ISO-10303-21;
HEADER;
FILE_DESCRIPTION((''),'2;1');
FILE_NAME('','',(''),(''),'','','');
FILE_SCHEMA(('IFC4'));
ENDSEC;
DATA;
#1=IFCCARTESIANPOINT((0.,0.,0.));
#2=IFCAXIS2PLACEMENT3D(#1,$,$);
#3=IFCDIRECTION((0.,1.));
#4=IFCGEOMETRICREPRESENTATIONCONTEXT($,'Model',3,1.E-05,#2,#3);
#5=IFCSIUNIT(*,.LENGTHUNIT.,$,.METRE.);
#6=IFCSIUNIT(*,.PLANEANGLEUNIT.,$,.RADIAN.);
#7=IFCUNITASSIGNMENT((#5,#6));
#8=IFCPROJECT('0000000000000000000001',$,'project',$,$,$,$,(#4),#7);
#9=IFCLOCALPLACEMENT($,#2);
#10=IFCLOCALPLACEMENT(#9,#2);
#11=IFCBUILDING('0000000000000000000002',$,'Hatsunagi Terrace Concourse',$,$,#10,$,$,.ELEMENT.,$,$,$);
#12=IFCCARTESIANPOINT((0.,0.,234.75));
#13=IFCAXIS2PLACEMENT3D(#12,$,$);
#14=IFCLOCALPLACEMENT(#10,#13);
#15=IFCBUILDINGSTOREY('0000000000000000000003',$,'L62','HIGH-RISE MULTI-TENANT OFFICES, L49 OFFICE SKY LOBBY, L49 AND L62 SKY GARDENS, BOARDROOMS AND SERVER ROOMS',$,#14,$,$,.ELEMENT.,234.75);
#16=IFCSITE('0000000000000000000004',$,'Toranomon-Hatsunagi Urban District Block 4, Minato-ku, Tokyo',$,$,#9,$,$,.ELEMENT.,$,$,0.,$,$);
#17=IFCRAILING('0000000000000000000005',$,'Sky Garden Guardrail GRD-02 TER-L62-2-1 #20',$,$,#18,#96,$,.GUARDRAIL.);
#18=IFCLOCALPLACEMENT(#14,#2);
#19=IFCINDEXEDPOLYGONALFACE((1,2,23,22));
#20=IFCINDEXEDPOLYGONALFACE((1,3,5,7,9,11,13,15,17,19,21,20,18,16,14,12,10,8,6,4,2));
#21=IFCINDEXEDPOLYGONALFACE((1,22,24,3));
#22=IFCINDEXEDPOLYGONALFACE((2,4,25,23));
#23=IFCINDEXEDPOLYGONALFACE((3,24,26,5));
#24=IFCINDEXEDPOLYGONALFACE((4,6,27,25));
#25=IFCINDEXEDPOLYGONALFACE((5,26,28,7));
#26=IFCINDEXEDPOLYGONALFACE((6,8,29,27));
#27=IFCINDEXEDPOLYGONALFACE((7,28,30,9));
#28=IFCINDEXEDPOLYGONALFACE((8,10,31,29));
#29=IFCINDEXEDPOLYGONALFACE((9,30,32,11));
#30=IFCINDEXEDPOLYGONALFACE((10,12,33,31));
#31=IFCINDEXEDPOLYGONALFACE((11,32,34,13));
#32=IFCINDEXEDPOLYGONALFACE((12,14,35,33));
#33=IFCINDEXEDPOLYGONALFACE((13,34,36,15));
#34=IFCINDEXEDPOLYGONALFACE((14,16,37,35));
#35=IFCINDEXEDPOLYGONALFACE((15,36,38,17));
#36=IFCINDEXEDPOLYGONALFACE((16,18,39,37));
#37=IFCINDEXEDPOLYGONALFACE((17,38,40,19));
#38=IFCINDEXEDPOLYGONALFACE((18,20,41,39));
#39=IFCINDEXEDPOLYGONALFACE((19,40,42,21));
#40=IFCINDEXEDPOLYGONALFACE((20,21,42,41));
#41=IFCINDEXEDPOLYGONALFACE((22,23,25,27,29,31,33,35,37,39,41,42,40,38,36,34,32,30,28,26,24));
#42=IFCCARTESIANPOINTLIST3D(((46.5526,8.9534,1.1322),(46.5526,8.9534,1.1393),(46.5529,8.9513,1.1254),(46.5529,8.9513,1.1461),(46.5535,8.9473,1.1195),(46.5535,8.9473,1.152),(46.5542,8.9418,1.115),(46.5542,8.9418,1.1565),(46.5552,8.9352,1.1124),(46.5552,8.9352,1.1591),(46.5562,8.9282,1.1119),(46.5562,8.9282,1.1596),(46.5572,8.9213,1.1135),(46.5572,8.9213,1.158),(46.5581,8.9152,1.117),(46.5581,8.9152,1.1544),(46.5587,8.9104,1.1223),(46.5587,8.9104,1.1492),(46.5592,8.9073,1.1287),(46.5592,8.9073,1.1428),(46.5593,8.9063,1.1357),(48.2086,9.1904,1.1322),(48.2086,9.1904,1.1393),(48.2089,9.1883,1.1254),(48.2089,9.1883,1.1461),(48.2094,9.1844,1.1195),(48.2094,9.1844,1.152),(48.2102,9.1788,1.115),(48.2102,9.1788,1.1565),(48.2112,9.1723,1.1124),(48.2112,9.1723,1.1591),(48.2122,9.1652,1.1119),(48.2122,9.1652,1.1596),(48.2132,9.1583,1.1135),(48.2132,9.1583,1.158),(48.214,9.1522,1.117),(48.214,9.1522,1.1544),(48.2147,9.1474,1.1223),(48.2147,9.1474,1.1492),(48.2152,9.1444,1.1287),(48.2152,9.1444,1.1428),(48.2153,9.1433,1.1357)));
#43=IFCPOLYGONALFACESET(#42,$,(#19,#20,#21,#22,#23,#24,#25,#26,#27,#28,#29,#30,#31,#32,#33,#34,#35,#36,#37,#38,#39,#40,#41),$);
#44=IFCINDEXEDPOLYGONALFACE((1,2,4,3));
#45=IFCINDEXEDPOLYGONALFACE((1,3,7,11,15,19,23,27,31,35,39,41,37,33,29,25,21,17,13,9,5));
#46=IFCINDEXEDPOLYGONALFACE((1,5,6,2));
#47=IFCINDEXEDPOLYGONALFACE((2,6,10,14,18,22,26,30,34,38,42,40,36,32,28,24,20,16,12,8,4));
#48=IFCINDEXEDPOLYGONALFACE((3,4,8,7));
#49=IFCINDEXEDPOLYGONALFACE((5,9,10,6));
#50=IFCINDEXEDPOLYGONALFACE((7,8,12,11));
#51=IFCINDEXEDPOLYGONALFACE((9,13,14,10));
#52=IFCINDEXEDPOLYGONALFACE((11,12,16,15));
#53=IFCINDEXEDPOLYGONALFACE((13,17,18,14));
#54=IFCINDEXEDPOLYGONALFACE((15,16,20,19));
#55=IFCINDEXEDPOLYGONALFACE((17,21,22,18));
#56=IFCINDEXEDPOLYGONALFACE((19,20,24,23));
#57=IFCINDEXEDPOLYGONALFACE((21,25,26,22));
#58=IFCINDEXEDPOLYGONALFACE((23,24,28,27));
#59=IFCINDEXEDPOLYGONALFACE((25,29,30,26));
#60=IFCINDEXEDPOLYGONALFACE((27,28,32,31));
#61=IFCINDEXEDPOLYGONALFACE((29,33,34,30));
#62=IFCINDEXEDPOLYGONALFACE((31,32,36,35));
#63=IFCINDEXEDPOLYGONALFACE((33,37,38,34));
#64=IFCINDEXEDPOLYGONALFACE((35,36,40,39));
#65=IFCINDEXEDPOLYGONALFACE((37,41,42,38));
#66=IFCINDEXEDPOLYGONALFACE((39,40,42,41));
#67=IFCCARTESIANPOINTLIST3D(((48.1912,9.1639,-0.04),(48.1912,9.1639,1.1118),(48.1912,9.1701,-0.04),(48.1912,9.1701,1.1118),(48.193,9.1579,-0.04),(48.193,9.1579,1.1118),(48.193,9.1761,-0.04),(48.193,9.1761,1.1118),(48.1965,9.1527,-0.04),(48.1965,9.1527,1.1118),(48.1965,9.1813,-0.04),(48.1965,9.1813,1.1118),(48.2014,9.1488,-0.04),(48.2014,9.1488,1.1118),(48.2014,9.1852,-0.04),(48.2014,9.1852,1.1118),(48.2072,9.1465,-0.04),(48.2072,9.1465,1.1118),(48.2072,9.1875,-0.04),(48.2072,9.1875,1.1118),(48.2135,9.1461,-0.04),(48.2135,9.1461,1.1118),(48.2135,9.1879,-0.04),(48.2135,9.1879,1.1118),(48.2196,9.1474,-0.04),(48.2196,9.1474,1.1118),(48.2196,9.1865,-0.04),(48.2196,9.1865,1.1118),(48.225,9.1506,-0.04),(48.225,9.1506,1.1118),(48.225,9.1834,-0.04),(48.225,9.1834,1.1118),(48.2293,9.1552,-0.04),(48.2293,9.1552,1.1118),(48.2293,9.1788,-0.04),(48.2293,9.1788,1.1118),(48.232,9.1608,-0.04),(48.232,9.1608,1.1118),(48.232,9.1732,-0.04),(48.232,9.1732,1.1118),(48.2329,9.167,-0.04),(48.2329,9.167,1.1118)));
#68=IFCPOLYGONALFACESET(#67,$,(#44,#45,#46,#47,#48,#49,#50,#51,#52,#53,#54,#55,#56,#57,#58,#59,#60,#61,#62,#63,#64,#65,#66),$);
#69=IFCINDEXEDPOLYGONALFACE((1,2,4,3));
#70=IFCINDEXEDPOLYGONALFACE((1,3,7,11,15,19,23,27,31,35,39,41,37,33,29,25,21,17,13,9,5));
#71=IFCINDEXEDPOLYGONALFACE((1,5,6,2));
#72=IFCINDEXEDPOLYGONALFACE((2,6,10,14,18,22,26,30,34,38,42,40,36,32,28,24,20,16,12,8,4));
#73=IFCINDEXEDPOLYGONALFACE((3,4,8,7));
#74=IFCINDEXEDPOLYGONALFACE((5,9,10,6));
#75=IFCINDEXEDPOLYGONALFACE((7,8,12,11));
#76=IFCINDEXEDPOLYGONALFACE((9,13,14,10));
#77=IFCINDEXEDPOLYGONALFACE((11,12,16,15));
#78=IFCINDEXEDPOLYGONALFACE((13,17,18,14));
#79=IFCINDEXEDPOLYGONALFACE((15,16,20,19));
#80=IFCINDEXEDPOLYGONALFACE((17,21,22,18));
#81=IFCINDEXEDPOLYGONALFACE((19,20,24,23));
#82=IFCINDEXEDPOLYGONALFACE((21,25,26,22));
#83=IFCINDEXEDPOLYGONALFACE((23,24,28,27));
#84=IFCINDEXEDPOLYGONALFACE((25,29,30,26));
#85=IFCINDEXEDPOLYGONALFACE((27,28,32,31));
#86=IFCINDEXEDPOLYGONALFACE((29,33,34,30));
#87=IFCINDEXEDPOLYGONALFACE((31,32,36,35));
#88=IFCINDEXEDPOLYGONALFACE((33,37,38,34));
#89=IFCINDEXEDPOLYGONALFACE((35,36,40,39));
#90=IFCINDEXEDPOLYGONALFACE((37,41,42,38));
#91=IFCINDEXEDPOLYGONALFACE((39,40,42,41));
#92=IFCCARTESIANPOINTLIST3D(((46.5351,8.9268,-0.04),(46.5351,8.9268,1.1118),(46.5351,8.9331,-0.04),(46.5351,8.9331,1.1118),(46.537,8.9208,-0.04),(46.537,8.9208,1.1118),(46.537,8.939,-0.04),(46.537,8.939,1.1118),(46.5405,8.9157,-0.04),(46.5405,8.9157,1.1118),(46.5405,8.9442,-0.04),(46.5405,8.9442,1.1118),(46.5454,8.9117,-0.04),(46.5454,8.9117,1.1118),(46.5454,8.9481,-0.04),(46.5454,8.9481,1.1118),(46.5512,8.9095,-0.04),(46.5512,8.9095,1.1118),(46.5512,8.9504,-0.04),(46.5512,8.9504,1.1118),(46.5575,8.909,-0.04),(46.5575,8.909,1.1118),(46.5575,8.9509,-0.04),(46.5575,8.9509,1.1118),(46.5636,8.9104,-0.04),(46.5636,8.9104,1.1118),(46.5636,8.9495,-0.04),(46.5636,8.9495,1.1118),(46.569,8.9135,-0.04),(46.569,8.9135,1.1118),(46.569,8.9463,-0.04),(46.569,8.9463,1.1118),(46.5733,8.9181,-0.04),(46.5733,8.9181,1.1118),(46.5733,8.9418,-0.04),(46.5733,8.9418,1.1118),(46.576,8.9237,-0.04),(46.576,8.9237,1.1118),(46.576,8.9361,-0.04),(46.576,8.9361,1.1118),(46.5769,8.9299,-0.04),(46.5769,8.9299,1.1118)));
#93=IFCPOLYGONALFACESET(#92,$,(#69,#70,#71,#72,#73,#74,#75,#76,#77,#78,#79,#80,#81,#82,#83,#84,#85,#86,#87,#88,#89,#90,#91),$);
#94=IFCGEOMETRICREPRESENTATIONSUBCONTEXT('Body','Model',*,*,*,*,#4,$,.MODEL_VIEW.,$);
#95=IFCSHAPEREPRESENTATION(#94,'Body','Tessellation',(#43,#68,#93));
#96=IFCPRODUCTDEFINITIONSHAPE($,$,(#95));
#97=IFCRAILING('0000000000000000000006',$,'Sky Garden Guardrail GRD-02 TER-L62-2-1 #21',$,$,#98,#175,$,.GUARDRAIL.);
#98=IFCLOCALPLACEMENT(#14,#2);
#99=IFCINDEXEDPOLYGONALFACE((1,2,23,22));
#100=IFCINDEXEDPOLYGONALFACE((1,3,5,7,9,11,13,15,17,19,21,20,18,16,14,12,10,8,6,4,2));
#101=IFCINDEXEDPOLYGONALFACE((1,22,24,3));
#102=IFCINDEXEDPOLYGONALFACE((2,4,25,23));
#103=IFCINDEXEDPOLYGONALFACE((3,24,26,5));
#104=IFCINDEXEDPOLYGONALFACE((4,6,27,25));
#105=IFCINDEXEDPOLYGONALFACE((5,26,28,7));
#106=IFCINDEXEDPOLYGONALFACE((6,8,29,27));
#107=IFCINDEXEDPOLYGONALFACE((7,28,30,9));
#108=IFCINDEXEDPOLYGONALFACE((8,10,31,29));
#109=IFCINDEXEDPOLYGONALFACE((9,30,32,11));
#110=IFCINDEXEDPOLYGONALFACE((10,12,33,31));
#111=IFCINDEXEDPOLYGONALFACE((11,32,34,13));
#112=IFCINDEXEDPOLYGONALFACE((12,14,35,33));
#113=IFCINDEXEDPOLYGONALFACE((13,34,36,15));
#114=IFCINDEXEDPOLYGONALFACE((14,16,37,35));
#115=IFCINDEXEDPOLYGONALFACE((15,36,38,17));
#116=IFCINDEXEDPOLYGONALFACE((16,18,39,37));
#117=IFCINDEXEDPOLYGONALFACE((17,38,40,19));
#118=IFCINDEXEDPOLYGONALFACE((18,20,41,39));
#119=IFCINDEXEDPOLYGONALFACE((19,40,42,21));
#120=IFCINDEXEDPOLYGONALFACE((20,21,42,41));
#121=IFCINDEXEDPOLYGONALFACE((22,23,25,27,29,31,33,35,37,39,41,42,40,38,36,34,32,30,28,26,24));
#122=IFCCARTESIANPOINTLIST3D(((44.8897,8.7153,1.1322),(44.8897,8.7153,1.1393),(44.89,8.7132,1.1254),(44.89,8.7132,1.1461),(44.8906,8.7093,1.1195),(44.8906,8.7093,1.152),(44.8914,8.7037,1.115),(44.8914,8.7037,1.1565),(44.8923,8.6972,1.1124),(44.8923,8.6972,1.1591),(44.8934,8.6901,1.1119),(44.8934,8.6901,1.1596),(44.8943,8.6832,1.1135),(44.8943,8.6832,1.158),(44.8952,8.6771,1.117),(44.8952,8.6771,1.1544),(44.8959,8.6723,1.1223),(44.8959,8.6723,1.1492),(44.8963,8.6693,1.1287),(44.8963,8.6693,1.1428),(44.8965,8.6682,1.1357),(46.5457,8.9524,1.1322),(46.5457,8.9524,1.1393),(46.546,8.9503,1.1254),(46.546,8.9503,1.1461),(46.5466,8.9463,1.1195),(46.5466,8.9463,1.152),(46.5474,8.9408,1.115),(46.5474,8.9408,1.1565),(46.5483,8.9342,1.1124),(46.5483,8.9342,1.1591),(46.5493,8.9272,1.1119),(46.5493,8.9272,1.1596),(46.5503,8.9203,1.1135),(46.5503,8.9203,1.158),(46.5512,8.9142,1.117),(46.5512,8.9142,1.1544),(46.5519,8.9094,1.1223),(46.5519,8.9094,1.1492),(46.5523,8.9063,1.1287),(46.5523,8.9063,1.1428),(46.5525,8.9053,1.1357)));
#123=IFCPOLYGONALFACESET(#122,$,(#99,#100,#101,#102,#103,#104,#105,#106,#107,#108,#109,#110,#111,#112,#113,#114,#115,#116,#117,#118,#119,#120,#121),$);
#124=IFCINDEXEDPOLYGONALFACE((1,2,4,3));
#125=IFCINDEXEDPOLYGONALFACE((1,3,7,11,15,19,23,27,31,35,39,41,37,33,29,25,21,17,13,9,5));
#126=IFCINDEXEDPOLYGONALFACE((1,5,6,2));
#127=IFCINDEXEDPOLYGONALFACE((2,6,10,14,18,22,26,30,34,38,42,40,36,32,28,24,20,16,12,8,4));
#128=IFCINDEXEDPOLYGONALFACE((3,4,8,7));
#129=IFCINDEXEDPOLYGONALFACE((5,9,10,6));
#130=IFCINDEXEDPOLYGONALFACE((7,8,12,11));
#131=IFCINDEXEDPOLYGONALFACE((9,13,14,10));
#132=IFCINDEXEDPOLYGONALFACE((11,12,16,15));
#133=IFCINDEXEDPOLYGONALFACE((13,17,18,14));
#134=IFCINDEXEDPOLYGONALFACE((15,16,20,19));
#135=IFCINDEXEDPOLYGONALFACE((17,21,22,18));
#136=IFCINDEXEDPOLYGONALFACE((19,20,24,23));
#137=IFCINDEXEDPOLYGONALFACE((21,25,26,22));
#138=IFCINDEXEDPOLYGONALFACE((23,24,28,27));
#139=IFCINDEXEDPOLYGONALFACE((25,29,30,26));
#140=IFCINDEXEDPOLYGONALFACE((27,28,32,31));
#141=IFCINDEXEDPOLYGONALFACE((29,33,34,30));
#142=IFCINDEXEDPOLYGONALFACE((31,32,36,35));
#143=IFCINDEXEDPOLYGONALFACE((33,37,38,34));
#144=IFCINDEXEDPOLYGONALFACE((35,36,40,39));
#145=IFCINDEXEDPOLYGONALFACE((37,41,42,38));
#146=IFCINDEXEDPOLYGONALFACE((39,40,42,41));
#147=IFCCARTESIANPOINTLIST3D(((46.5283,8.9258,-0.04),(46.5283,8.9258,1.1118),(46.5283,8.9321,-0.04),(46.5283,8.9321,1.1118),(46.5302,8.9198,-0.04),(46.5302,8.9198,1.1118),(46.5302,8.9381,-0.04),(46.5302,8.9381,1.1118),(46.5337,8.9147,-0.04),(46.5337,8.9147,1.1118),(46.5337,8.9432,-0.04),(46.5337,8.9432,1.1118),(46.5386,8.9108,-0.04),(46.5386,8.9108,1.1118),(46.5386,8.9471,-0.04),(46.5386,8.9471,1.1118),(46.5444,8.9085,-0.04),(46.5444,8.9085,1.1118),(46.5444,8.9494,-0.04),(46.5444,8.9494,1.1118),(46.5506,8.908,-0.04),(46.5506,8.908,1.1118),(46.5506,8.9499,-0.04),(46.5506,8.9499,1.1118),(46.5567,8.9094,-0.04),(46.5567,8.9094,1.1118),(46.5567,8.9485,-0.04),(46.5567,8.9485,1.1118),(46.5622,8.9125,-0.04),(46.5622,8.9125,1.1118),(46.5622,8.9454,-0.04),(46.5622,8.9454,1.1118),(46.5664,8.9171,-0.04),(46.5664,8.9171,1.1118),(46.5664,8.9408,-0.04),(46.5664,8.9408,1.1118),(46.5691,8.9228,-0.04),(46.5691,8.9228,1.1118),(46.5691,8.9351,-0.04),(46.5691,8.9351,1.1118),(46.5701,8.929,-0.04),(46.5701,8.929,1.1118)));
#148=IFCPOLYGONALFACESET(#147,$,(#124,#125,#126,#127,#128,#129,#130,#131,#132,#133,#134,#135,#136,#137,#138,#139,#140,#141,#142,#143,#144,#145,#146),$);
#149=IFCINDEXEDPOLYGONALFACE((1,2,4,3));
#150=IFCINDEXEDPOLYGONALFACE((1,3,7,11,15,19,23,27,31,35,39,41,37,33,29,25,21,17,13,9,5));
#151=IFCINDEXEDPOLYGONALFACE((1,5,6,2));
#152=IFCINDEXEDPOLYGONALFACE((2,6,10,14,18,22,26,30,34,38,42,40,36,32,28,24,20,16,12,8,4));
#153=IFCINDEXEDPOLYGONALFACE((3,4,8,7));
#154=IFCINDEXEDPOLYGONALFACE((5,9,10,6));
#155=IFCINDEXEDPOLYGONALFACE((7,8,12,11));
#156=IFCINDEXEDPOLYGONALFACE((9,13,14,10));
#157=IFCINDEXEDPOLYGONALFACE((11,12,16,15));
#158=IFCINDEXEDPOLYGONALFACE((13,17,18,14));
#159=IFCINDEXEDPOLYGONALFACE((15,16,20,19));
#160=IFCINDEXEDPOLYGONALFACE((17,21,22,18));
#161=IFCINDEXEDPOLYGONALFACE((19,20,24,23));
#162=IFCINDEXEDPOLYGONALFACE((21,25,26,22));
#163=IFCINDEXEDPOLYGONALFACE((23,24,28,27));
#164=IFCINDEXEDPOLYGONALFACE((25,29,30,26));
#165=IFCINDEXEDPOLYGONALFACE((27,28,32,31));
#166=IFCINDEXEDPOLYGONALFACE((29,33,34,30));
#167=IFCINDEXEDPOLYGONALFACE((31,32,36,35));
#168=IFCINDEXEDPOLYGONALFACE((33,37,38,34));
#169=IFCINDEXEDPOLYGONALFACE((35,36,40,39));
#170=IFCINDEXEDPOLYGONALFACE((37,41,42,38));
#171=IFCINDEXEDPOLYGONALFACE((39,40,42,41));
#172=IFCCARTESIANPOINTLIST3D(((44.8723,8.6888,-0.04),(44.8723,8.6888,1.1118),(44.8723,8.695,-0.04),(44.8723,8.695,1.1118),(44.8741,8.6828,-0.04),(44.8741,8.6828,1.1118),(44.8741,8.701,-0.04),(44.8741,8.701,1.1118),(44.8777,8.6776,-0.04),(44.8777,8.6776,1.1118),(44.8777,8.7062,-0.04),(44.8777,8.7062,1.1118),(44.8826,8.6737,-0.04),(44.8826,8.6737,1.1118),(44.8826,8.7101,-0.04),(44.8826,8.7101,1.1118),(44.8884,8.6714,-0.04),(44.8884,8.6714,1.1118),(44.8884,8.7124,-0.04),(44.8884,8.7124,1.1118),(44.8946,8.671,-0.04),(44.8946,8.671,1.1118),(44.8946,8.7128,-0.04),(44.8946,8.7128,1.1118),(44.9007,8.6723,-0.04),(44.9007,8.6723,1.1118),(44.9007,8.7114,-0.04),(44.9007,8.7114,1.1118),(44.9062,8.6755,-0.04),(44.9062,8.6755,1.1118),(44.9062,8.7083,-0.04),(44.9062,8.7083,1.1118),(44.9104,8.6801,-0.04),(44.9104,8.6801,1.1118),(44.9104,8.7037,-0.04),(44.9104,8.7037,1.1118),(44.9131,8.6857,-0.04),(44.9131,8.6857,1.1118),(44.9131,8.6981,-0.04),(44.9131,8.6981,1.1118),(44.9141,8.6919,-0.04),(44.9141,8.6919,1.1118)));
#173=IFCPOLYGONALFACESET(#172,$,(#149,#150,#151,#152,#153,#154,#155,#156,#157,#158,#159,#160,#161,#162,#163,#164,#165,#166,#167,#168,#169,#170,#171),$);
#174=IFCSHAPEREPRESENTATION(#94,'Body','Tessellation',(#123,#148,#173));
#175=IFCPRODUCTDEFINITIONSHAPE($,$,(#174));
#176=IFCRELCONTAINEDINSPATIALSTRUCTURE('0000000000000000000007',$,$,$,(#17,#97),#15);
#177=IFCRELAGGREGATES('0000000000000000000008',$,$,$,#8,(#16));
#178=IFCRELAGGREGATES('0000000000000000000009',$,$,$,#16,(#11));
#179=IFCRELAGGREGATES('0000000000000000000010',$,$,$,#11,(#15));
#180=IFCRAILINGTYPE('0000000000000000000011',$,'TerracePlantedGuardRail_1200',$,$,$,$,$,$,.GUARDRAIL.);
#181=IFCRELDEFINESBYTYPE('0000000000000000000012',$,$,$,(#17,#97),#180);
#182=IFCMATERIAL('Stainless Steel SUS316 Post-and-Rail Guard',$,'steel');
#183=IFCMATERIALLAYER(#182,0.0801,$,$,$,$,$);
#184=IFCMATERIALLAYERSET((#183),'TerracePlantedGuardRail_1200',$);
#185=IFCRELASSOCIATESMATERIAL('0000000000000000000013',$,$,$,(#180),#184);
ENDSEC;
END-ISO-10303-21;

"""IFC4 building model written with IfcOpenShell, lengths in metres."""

from ifc_helpers import new_model, si_unit, direction, frame, origin, origin_2d, place, context, subcontext, project, spatial, circle, extrude, material, layer, layer_set, type_object, element, save


model = new_model("IFC4")

# Units and contexts
model_context = context("Model", 3, precision=1e-05, world=origin(), true_north=direction((0.0, 1.0)))
body_context = subcontext(model_context, "Body", "Model", "MODEL_VIEW")
ifc_project = project(units=[si_unit("LENGTHUNIT", "METRE"), si_unit("PLANEANGLEUNIT", "RADIAN")], contexts=[model_context])

# Site, building, storey
site_placement = place(None, origin())
site = spatial("IfcSite", under=ifc_project, at=site_placement, Name="Toranomon-Hatsunagi Urban District Block 4, Minato-ku, Tokyo", CompositionType="ELEMENT", RefElevation=0.0)
building_placement = place(site_placement, origin())
building = spatial("IfcBuilding", under=site, at=building_placement, Name="Hatsunagi Terrace Concourse", CompositionType="ELEMENT")
storey_placement = place(building_placement, frame((0.0, 0.0, 234.75)))
storey = spatial("IfcBuildingStorey", under=building, at=storey_placement, Name="L62", Description="HIGH-RISE MULTI-TENANT OFFICES, L49 OFFICE SKY LOBBY, L49 AND L62 SKY GARDENS, BOARDROOMS AND SERVER ROOMS", CompositionType="ELEMENT", Elevation=234.75)

# Railings
ifc_material_1 = material(Name="Stainless Steel SUS316 Post-and-Rail Guard", Category="steel")
ifc_layer_1 = layer(ifc_material_1, 0.0801)
ifc_layer_set_1 = layer_set([ifc_layer_1], Name="TerracePlantedGuardRail_1200")
railing_type = type_object("IfcRailingType", Name="TerracePlantedGuardRail_1200", PredefinedType="GUARDRAIL", material=ifc_layer_set_1)
for number, where, name in (
    (1, (48.2119, 9.167, -0.04), "Sky Garden Guardrail GRD-02 TER-L62-2-1 #20"),
    (2, (46.5491, 8.929, -0.04), "Sky Garden Guardrail GRD-02 TER-L62-2-1 #21"),
):
    element("IfcRailing", number, at=place(storey_placement, frame(where)), inside=storey, type_object=railing_type, Name=name, PredefinedType="GUARDRAIL", context=body_context, shape_type="SweptSolid", body=[
        extrude(circle(Radius=0.0239, at=origin_2d()), frame((0.0, 0.0, 1.1758), z_axis=(-0.989909, -0.141707, 0.0), x_axis=(0.141707, -0.989909, 0.0)), (0.0, 0.0, 1.0), 1.6729),
        extrude(circle(Radius=0.021, at=origin_2d()), origin(), (0.0, 0.0, 1.0), 1.1519),
        extrude(circle(Radius=0.021, at=origin_2d()), frame((-1.656, -0.2371, 0.0)), (0.0, 0.0, 1.0), 1.1519),
    ])

save(model, "model.ifc")
